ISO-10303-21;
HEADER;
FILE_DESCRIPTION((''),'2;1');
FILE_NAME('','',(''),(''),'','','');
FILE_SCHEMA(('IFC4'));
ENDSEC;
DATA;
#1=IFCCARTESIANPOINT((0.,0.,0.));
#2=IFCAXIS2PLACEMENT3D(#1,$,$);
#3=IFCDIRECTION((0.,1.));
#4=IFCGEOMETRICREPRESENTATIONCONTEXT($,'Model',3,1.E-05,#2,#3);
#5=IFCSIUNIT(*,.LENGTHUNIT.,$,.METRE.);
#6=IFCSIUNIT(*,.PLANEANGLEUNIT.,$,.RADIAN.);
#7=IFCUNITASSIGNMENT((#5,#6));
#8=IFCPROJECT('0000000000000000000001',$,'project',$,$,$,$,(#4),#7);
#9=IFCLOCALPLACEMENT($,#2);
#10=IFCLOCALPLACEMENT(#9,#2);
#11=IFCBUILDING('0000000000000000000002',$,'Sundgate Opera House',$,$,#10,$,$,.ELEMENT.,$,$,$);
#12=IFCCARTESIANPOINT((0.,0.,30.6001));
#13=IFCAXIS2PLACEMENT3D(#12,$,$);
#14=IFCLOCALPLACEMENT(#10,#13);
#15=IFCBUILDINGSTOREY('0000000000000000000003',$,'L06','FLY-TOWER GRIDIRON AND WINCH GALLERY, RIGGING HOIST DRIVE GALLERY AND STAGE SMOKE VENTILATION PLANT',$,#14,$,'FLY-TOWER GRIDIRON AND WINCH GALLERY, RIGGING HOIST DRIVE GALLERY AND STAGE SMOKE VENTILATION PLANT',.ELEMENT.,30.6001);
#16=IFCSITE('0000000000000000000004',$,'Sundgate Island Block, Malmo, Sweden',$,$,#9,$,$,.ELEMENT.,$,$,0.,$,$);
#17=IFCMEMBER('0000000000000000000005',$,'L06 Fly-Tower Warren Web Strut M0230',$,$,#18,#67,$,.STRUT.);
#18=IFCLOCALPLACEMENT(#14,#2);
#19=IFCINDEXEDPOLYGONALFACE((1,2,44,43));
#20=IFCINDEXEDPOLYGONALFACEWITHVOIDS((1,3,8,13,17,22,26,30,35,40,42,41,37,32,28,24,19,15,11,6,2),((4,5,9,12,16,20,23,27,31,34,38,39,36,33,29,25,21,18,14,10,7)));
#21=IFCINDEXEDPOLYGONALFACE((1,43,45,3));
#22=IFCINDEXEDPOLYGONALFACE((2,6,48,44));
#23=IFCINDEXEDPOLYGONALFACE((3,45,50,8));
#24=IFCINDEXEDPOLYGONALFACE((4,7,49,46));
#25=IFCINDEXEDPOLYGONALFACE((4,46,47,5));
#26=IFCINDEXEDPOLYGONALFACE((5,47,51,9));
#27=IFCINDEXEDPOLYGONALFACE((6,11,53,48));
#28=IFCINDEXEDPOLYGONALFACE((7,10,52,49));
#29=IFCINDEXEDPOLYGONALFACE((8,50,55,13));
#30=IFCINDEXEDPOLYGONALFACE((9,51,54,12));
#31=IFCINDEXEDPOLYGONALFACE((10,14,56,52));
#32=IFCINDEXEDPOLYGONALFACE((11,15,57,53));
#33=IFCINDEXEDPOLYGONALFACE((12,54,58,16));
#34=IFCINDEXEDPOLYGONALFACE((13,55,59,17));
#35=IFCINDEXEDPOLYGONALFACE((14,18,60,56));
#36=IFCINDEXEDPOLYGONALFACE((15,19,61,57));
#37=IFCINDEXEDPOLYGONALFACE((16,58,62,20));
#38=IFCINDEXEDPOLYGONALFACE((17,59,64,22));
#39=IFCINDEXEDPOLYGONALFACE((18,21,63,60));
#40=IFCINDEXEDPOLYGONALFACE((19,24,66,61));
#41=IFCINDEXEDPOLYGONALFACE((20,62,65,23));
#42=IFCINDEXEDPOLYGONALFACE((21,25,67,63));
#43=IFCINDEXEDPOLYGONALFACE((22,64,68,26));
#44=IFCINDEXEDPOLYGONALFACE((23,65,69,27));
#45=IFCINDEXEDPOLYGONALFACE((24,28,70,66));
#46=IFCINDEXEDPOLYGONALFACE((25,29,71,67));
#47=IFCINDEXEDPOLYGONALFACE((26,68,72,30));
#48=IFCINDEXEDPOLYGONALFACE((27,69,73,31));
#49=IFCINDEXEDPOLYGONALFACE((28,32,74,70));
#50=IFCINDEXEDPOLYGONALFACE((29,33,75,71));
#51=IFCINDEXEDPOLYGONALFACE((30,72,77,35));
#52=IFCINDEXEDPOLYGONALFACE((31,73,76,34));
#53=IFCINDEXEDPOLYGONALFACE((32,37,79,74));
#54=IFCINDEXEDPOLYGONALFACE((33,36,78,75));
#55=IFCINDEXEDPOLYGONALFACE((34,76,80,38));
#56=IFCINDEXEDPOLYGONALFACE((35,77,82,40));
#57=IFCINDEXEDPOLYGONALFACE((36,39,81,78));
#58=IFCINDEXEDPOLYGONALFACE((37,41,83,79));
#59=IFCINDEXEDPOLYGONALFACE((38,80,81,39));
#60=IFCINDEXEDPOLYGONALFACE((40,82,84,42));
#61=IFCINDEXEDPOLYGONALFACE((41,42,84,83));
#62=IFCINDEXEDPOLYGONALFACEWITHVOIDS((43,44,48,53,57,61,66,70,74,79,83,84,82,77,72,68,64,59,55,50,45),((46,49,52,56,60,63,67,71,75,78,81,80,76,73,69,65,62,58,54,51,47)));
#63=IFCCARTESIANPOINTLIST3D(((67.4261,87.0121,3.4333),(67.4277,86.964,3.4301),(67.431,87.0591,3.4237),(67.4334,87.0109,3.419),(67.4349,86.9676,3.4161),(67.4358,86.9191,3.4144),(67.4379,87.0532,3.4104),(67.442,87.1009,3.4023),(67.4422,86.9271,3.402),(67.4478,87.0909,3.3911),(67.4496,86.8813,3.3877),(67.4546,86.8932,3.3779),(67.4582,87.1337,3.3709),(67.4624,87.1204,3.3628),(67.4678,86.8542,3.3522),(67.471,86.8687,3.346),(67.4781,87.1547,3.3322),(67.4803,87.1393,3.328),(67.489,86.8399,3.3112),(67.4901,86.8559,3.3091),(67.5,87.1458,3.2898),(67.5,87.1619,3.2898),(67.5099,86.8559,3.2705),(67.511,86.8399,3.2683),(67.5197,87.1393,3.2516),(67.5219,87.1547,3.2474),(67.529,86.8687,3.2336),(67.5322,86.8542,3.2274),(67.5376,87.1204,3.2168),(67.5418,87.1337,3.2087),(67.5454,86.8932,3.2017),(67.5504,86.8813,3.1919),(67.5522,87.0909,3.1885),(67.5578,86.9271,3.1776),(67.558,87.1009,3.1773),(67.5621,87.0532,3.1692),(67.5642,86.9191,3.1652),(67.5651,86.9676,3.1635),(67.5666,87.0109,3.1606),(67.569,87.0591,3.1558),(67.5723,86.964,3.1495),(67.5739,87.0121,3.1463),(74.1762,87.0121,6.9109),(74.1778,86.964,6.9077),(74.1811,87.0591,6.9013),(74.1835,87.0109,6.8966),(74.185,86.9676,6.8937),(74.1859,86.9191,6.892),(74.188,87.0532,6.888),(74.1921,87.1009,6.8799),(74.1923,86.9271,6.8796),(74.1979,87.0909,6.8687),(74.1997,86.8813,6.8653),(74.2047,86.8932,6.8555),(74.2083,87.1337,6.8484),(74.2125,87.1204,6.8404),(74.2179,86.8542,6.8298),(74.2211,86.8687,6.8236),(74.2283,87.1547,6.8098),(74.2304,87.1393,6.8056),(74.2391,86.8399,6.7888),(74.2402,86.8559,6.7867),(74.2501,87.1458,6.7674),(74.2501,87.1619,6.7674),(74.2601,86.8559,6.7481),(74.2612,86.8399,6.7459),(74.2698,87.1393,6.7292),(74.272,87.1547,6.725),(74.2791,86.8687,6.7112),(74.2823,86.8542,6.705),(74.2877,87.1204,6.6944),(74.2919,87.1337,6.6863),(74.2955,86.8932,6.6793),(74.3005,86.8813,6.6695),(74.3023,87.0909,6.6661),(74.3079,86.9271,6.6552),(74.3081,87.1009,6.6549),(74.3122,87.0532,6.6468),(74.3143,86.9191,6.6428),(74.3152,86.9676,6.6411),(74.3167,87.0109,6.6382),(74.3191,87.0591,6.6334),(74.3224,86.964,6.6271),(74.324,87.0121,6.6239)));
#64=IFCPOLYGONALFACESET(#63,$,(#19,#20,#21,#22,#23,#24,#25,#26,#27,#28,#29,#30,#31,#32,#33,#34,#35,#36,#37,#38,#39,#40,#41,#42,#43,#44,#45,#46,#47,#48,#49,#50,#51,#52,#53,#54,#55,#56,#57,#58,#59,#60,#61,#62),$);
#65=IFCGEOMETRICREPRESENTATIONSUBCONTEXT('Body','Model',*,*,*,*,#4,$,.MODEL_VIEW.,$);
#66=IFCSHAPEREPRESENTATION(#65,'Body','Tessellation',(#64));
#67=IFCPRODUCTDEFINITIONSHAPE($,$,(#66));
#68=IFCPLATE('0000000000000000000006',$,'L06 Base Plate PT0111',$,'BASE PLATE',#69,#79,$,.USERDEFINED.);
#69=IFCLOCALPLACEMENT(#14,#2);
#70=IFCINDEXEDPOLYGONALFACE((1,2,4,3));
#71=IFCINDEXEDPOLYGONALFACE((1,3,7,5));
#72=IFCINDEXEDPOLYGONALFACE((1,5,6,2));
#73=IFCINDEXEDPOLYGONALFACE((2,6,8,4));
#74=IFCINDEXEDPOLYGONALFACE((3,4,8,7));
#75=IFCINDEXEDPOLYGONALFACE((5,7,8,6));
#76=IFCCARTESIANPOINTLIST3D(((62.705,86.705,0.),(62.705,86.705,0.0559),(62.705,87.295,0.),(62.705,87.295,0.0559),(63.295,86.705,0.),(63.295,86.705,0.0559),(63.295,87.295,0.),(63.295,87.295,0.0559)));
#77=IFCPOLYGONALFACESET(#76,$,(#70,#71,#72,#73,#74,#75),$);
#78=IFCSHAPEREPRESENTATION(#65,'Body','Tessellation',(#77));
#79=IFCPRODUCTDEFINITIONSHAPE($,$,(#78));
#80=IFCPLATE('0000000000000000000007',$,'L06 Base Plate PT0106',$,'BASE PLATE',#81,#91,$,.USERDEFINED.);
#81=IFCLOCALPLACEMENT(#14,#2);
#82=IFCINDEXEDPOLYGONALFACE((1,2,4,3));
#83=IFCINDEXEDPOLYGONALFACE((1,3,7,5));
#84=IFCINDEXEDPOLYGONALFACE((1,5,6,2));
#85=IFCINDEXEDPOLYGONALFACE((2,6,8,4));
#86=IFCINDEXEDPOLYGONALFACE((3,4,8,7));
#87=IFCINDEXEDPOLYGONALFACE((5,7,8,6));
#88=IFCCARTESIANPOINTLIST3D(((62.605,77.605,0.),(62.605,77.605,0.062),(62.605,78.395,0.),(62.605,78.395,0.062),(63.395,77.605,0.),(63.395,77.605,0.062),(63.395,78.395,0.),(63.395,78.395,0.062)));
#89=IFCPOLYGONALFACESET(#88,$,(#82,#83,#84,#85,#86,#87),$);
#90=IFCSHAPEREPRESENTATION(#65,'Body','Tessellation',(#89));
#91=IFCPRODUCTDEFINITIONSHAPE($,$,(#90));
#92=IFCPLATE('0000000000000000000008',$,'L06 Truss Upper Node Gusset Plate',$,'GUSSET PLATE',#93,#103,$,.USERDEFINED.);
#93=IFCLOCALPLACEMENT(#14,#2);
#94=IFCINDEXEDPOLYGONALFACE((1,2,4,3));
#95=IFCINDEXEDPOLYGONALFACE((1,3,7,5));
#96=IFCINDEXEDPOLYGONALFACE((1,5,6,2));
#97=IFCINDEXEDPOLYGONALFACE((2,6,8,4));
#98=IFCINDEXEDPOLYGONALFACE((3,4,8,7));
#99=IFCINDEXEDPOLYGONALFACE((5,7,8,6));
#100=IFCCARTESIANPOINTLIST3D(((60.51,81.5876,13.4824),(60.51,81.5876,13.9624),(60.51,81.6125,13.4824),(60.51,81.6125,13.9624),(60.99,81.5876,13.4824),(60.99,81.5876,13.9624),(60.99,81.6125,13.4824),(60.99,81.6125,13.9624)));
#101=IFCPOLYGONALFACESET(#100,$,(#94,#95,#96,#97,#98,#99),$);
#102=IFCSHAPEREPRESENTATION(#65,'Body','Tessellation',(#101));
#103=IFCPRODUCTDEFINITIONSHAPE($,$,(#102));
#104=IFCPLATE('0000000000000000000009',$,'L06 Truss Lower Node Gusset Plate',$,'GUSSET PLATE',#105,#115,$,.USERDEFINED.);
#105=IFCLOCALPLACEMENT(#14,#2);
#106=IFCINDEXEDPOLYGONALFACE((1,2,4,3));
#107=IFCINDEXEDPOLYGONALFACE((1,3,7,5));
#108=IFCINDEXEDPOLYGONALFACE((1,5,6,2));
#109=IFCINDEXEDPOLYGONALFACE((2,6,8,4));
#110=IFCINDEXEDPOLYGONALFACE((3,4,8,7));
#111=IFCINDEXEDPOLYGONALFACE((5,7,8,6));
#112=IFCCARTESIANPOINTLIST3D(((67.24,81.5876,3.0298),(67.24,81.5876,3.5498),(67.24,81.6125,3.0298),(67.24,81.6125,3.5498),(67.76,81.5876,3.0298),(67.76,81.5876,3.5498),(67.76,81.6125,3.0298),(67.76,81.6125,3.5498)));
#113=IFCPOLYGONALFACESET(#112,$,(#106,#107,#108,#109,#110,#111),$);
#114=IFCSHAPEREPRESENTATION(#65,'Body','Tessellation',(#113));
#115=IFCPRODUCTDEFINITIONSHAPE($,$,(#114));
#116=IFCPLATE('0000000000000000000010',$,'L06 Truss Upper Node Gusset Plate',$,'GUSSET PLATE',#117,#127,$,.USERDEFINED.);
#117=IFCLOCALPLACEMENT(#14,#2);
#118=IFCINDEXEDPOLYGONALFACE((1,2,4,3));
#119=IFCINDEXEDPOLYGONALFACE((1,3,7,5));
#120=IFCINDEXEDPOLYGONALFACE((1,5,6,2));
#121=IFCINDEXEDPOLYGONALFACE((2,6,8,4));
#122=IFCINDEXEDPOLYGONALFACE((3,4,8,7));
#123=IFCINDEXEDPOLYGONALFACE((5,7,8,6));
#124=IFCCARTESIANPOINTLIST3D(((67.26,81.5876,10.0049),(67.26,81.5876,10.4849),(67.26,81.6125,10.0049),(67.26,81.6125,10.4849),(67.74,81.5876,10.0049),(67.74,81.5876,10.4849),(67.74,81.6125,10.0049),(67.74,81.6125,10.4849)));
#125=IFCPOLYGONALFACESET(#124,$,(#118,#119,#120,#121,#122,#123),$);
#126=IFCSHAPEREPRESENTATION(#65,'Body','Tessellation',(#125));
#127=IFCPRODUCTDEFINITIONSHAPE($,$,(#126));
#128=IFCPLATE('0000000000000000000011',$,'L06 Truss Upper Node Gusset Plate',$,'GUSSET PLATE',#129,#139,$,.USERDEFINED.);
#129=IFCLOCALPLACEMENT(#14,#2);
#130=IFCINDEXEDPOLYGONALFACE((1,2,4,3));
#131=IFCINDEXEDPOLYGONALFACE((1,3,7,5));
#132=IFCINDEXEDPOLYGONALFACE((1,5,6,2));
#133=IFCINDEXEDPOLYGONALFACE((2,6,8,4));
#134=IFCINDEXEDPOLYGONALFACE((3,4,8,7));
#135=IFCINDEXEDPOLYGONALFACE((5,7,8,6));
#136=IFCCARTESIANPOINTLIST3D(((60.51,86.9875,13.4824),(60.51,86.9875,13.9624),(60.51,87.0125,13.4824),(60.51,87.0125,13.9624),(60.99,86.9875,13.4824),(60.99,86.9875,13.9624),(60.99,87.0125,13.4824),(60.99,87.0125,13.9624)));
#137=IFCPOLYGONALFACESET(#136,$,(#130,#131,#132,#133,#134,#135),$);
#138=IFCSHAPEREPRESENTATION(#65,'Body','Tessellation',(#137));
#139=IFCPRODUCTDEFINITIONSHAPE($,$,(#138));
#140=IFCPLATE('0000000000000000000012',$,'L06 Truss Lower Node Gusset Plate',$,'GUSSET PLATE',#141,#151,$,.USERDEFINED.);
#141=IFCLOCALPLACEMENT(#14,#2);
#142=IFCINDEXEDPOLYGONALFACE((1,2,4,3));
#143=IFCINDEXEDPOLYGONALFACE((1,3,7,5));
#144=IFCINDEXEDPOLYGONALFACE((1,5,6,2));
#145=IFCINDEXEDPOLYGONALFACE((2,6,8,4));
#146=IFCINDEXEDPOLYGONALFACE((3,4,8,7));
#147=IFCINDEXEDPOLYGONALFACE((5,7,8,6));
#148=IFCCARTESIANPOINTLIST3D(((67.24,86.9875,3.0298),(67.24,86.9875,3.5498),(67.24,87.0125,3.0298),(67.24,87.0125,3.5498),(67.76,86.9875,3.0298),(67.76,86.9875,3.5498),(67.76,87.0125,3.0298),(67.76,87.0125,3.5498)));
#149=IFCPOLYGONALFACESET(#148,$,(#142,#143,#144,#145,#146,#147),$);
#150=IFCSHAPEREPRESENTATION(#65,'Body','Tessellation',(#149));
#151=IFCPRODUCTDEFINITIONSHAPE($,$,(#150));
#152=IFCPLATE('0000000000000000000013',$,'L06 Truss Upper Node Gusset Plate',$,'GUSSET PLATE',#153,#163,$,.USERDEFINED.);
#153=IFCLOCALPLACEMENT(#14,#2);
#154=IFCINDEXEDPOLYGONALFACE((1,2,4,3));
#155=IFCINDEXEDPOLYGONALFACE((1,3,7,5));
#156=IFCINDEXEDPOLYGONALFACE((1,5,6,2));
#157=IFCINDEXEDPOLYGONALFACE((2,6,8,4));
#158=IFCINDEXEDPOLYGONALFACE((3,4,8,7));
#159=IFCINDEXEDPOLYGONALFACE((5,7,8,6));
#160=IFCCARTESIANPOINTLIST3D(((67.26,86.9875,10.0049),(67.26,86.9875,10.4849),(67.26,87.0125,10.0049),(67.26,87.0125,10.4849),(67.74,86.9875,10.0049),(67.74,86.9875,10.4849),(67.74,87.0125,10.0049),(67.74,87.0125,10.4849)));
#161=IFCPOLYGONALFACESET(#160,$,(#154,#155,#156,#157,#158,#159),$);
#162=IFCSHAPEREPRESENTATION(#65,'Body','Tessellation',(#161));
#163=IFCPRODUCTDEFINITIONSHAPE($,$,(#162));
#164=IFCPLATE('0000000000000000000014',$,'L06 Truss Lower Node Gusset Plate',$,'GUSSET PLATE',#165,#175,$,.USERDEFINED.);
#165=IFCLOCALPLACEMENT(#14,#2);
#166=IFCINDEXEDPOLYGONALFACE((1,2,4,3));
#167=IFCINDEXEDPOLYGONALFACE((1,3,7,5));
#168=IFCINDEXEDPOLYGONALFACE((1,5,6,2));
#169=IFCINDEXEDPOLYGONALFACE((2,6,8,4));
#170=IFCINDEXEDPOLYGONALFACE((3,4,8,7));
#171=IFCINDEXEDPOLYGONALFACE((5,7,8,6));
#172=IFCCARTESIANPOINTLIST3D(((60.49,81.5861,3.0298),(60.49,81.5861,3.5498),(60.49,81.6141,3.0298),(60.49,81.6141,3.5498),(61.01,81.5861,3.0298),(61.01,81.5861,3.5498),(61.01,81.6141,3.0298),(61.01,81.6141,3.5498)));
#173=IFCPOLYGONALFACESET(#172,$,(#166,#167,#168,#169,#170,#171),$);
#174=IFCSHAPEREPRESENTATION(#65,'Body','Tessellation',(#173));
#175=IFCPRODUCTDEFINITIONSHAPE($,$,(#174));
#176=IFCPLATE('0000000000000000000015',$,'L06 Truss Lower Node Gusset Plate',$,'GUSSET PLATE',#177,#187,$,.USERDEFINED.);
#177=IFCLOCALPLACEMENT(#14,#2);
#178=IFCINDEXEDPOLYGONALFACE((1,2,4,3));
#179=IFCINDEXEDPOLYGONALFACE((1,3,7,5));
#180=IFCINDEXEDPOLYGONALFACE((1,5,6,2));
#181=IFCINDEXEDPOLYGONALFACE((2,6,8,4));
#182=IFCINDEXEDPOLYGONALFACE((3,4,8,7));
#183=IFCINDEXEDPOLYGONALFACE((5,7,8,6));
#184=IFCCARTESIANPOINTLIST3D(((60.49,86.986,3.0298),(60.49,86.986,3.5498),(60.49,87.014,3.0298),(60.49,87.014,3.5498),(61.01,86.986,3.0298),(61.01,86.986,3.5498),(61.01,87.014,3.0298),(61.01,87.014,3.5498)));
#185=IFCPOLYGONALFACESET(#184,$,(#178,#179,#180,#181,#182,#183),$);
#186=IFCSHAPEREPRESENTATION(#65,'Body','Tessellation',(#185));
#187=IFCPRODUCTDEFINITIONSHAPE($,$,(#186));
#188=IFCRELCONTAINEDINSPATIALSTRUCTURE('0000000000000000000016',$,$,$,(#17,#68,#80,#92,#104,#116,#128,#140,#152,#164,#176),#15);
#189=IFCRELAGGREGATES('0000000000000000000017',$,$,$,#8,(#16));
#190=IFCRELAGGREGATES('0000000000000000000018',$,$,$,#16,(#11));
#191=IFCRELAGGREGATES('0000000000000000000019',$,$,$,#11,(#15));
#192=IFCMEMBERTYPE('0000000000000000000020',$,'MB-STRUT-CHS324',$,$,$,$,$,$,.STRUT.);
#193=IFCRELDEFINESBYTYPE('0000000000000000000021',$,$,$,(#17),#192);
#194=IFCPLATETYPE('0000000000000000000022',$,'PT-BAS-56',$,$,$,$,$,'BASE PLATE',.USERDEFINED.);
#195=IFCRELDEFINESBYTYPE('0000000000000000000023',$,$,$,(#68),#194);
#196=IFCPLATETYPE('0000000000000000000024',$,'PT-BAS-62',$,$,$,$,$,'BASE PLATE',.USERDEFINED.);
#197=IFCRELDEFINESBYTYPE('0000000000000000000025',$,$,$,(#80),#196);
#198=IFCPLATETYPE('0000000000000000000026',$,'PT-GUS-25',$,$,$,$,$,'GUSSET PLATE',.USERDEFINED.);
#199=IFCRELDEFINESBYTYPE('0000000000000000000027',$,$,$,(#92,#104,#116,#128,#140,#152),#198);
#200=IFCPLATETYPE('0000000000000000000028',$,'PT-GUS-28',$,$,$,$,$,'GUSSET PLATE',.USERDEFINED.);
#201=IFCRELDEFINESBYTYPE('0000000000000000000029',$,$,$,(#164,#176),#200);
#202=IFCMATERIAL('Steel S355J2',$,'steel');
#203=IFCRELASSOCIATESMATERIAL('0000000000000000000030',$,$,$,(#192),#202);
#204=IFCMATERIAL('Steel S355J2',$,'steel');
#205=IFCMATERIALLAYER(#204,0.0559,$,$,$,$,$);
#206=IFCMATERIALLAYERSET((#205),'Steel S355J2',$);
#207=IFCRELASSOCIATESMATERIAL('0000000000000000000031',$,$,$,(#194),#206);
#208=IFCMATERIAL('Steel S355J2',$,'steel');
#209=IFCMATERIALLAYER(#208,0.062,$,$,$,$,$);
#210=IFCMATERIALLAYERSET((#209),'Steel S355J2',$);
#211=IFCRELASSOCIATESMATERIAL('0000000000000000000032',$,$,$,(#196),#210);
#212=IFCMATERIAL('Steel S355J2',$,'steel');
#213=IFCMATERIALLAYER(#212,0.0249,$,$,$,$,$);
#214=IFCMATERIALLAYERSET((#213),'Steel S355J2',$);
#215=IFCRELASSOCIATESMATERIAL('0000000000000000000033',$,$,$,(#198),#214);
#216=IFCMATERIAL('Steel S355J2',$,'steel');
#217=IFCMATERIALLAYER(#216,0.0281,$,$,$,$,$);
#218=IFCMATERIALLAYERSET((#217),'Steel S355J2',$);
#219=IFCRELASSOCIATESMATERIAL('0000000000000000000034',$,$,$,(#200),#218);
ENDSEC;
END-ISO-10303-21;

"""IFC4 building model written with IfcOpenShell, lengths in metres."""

from ifc_helpers import new_model, si_unit, direction, frame, origin, origin_2d, place, context, subcontext, project, spatial, rectangle, hollow_circle, extrude, material, layer, layer_set, material_profile, profile_set, type_object, element, save


model = new_model("IFC4")

# Units and contexts
model_context = context("Model", 3, precision=1e-05, world=origin(), true_north=direction((0.0, 1.0)))
body_context = subcontext(model_context, "Body", "Model", "MODEL_VIEW")
ifc_project = project(units=[si_unit("LENGTHUNIT", "METRE"), si_unit("PLANEANGLEUNIT", "RADIAN")], contexts=[model_context])

# Site, building, storey
site_placement = place(None, origin())
site = spatial("IfcSite", under=ifc_project, at=site_placement, Name="Sundgate Island Block, Malmo, Sweden", CompositionType="ELEMENT", RefElevation=0.0)
building_placement = place(site_placement, origin())
building = spatial("IfcBuilding", under=site, at=building_placement, Name="Sundgate Opera House", CompositionType="ELEMENT")
storey_placement = place(building_placement, frame((0.0, 0.0, 30.6001)))
storey = spatial("IfcBuildingStorey", under=building, at=storey_placement, Name="L06", Description="FLY-TOWER GRIDIRON AND WINCH GALLERY, RIGGING HOIST DRIVE GALLERY AND STAGE SMOKE VENTILATION PLANT", LongName="FLY-TOWER GRIDIRON AND WINCH GALLERY, RIGGING HOIST DRIVE GALLERY AND STAGE SMOKE VENTILATION PLANT", CompositionType="ELEMENT", Elevation=30.6001)

# Member
ifc_material_1 = material(Name="Steel S355J2", Category="steel")
ifc_material_profile_1 = material_profile(ifc_material_1, hollow_circle(Radius=0.1619, WallThickness=0.0161, at=origin_2d()), Name="CHS 323.9x16.0")
ifc_profile_set_1 = profile_set([ifc_material_profile_1], Name="Steel S355J2")
member_type_1 = type_object("IfcMemberType", Name="MB-STRUT-CHS324", PredefinedType="STRUT", material=ifc_profile_set_1)
for number, where, z_axis, x_axis, name in (
    (1, (67.5, 87.0, 3.2898), (0.88896, 0.0, 0.457984), (0.0, 1.0, 0.0), "L06 Fly-Tower Warren Web Strut M0230"),
):
    element("IfcMember", number, at=place(storey_placement, frame(where, z_axis=z_axis, x_axis=x_axis)), inside=storey, type_object=member_type_1, Name=name, PredefinedType="STRUT", context=body_context, shape_type="SweptSolid", body=[
        extrude(hollow_circle(Radius=0.1619, WallThickness=0.0161, at=origin_2d()), origin(), (0.0, 0.0, 1.0), 7.5933),
    ])

# Plates
ifc_material_2 = material(Name="Steel S355J2", Category="steel")
ifc_layer_1 = layer(ifc_material_2, 0.0559)
ifc_layer_set_1 = layer_set([ifc_layer_1], Name="Steel S355J2")
plate_type_1 = type_object("IfcPlateType", Name="PT-BAS-56", ElementType="BASE PLATE", PredefinedType="USERDEFINED", material=ifc_layer_set_1)
plate_1_placement = place(storey_placement, frame((63.0, 87.0, 0.0), z_axis=(0.0, 0.0, 1.0), x_axis=(1.0, 0.0, 0.0)))
element("IfcPlate", 2, at=plate_1_placement, inside=storey, type_object=plate_type_1, Name="L06 Base Plate PT0111", ObjectType="BASE PLATE", PredefinedType="USERDEFINED", context=body_context, shape_type="SweptSolid", body=[
    extrude(rectangle(XDim=0.5901, YDim=0.5901, at=origin_2d()), origin(), (0.0, 0.0, 1.0), 0.0559),
])
ifc_material_3 = material(Name="Steel S355J2", Category="steel")
ifc_layer_2 = layer(ifc_material_3, 0.062)
ifc_layer_set_2 = layer_set([ifc_layer_2], Name="Steel S355J2")
plate_type_2 = type_object("IfcPlateType", Name="PT-BAS-62", ElementType="BASE PLATE", PredefinedType="USERDEFINED", material=ifc_layer_set_2)
plate_2_placement = place(storey_placement, frame((63.0, 78.0, 0.0), z_axis=(0.0, 0.0, 1.0), x_axis=(1.0, 0.0, 0.0)))
element("IfcPlate", 3, at=plate_2_placement, inside=storey, type_object=plate_type_2, Name="L06 Base Plate PT0106", ObjectType="BASE PLATE", PredefinedType="USERDEFINED", context=body_context, shape_type="SweptSolid", body=[
    extrude(rectangle(XDim=0.79, YDim=0.79, at=origin_2d()), origin(), (0.0, 0.0, 1.0), 0.062),
])
ifc_material_4 = material(Name="Steel S355J2", Category="steel")
ifc_layer_3 = layer(ifc_material_4, 0.0249)
ifc_layer_set_3 = layer_set([ifc_layer_3], Name="Steel S355J2")
plate_type_3 = type_object("IfcPlateType", Name="PT-GUS-25", ElementType="GUSSET PLATE", PredefinedType="USERDEFINED", material=ifc_layer_set_3)
plate_3_placement = place(storey_placement, frame((60.75, 81.6001, 13.4824), z_axis=(0.0, 0.0, 1.0), x_axis=(1.0, 0.0, 0.0)))
element("IfcPlate", 4, at=plate_3_placement, inside=storey, type_object=plate_type_3, Name="L06 Truss Upper Node Gusset Plate", ObjectType="GUSSET PLATE", PredefinedType="USERDEFINED", context=body_context, shape_type="SweptSolid", body=[
    extrude(rectangle(XDim=0.48, YDim=0.0249, at=origin_2d()), origin(), (0.0, 0.0, 1.0), 0.48),
])
plate_4_placement = place(storey_placement, frame((67.5, 81.6001, 3.0298), z_axis=(0.0, 0.0, 1.0), x_axis=(1.0, 0.0, 0.0)))
element("IfcPlate", 5, at=plate_4_placement, inside=storey, type_object=plate_type_3, Name="L06 Truss Lower Node Gusset Plate", ObjectType="GUSSET PLATE", PredefinedType="USERDEFINED", context=body_context, shape_type="SweptSolid", body=[
    extrude(rectangle(XDim=0.52, YDim=0.0249, at=origin_2d()), origin(), (0.0, 0.0, 1.0), 0.52),
])
for number, where, z_axis, x_axis, name in (
    (6, (67.5, 81.6001, 10.0049), (0.0, 0.0, 1.0), (1.0, 0.0, 0.0), "L06 Truss Upper Node Gusset Plate"),
    (7, (60.75, 87.0, 13.4824), (0.0, 0.0, 1.0), (1.0, 0.0, 0.0), "L06 Truss Upper Node Gusset Plate"),
):
    element("IfcPlate", number, at=place(storey_placement, frame(where, z_axis=z_axis, x_axis=x_axis)), inside=storey, type_object=plate_type_3, Name=name, ObjectType="GUSSET PLATE", PredefinedType="USERDEFINED", context=body_context, shape_type="SweptSolid", body=[
        extrude(rectangle(XDim=0.48, YDim=0.0249, at=origin_2d()), origin(), (0.0, 0.0, 1.0), 0.48),
    ])
plate_5_placement = place(storey_placement, frame((67.5, 87.0, 3.0298), z_axis=(0.0, 0.0, 1.0), x_axis=(1.0, 0.0, 0.0)))
element("IfcPlate", 8, at=plate_5_placement, inside=storey, type_object=plate_type_3, Name="L06 Truss Lower Node Gusset Plate", ObjectType="GUSSET PLATE", PredefinedType="USERDEFINED", context=body_context, shape_type="SweptSolid", body=[
    extrude(rectangle(XDim=0.52, YDim=0.0249, at=origin_2d()), origin(), (0.0, 0.0, 1.0), 0.52),
])
plate_6_placement = place(storey_placement, frame((67.5, 87.0, 10.0049), z_axis=(0.0, 0.0, 1.0), x_axis=(1.0, 0.0, 0.0)))
element("IfcPlate", 9, at=plate_6_placement, inside=storey, type_object=plate_type_3, Name="L06 Truss Upper Node Gusset Plate", ObjectType="GUSSET PLATE", PredefinedType="USERDEFINED", context=body_context, shape_type="SweptSolid", body=[
    extrude(rectangle(XDim=0.48, YDim=0.0249, at=origin_2d()), origin(), (0.0, 0.0, 1.0), 0.48),
])
ifc_material_5 = material(Name="Steel S355J2", Category="steel")
ifc_layer_4 = layer(ifc_material_5, 0.0281)
ifc_layer_set_4 = layer_set([ifc_layer_4], Name="Steel S355J2")
plate_type_4 = type_object("IfcPlateType", Name="PT-GUS-28", ElementType="GUSSET PLATE", PredefinedType="USERDEFINED", material=ifc_layer_set_4)
for number, where, z_axis, x_axis, name in (
    (10, (60.75, 81.6001, 3.0298), (0.0, 0.0, 1.0), (1.0, 0.0, 0.0), "L06 Truss Lower Node Gusset Plate"),
    (11, (60.75, 87.0, 3.0298), (0.0, 0.0, 1.0), (1.0, 0.0, 0.0), "L06 Truss Lower Node Gusset Plate"),
):
    element("IfcPlate", number, at=place(storey_placement, frame(where, z_axis=z_axis, x_axis=x_axis)), inside=storey, type_object=plate_type_4, Name=name, ObjectType="GUSSET PLATE", PredefinedType="USERDEFINED", context=body_context, shape_type="SweptSolid", body=[
        extrude(rectangle(XDim=0.52, YDim=0.0281, at=origin_2d()), origin(), (0.0, 0.0, 1.0), 0.52),
    ])

save(model, "model.ifc")
